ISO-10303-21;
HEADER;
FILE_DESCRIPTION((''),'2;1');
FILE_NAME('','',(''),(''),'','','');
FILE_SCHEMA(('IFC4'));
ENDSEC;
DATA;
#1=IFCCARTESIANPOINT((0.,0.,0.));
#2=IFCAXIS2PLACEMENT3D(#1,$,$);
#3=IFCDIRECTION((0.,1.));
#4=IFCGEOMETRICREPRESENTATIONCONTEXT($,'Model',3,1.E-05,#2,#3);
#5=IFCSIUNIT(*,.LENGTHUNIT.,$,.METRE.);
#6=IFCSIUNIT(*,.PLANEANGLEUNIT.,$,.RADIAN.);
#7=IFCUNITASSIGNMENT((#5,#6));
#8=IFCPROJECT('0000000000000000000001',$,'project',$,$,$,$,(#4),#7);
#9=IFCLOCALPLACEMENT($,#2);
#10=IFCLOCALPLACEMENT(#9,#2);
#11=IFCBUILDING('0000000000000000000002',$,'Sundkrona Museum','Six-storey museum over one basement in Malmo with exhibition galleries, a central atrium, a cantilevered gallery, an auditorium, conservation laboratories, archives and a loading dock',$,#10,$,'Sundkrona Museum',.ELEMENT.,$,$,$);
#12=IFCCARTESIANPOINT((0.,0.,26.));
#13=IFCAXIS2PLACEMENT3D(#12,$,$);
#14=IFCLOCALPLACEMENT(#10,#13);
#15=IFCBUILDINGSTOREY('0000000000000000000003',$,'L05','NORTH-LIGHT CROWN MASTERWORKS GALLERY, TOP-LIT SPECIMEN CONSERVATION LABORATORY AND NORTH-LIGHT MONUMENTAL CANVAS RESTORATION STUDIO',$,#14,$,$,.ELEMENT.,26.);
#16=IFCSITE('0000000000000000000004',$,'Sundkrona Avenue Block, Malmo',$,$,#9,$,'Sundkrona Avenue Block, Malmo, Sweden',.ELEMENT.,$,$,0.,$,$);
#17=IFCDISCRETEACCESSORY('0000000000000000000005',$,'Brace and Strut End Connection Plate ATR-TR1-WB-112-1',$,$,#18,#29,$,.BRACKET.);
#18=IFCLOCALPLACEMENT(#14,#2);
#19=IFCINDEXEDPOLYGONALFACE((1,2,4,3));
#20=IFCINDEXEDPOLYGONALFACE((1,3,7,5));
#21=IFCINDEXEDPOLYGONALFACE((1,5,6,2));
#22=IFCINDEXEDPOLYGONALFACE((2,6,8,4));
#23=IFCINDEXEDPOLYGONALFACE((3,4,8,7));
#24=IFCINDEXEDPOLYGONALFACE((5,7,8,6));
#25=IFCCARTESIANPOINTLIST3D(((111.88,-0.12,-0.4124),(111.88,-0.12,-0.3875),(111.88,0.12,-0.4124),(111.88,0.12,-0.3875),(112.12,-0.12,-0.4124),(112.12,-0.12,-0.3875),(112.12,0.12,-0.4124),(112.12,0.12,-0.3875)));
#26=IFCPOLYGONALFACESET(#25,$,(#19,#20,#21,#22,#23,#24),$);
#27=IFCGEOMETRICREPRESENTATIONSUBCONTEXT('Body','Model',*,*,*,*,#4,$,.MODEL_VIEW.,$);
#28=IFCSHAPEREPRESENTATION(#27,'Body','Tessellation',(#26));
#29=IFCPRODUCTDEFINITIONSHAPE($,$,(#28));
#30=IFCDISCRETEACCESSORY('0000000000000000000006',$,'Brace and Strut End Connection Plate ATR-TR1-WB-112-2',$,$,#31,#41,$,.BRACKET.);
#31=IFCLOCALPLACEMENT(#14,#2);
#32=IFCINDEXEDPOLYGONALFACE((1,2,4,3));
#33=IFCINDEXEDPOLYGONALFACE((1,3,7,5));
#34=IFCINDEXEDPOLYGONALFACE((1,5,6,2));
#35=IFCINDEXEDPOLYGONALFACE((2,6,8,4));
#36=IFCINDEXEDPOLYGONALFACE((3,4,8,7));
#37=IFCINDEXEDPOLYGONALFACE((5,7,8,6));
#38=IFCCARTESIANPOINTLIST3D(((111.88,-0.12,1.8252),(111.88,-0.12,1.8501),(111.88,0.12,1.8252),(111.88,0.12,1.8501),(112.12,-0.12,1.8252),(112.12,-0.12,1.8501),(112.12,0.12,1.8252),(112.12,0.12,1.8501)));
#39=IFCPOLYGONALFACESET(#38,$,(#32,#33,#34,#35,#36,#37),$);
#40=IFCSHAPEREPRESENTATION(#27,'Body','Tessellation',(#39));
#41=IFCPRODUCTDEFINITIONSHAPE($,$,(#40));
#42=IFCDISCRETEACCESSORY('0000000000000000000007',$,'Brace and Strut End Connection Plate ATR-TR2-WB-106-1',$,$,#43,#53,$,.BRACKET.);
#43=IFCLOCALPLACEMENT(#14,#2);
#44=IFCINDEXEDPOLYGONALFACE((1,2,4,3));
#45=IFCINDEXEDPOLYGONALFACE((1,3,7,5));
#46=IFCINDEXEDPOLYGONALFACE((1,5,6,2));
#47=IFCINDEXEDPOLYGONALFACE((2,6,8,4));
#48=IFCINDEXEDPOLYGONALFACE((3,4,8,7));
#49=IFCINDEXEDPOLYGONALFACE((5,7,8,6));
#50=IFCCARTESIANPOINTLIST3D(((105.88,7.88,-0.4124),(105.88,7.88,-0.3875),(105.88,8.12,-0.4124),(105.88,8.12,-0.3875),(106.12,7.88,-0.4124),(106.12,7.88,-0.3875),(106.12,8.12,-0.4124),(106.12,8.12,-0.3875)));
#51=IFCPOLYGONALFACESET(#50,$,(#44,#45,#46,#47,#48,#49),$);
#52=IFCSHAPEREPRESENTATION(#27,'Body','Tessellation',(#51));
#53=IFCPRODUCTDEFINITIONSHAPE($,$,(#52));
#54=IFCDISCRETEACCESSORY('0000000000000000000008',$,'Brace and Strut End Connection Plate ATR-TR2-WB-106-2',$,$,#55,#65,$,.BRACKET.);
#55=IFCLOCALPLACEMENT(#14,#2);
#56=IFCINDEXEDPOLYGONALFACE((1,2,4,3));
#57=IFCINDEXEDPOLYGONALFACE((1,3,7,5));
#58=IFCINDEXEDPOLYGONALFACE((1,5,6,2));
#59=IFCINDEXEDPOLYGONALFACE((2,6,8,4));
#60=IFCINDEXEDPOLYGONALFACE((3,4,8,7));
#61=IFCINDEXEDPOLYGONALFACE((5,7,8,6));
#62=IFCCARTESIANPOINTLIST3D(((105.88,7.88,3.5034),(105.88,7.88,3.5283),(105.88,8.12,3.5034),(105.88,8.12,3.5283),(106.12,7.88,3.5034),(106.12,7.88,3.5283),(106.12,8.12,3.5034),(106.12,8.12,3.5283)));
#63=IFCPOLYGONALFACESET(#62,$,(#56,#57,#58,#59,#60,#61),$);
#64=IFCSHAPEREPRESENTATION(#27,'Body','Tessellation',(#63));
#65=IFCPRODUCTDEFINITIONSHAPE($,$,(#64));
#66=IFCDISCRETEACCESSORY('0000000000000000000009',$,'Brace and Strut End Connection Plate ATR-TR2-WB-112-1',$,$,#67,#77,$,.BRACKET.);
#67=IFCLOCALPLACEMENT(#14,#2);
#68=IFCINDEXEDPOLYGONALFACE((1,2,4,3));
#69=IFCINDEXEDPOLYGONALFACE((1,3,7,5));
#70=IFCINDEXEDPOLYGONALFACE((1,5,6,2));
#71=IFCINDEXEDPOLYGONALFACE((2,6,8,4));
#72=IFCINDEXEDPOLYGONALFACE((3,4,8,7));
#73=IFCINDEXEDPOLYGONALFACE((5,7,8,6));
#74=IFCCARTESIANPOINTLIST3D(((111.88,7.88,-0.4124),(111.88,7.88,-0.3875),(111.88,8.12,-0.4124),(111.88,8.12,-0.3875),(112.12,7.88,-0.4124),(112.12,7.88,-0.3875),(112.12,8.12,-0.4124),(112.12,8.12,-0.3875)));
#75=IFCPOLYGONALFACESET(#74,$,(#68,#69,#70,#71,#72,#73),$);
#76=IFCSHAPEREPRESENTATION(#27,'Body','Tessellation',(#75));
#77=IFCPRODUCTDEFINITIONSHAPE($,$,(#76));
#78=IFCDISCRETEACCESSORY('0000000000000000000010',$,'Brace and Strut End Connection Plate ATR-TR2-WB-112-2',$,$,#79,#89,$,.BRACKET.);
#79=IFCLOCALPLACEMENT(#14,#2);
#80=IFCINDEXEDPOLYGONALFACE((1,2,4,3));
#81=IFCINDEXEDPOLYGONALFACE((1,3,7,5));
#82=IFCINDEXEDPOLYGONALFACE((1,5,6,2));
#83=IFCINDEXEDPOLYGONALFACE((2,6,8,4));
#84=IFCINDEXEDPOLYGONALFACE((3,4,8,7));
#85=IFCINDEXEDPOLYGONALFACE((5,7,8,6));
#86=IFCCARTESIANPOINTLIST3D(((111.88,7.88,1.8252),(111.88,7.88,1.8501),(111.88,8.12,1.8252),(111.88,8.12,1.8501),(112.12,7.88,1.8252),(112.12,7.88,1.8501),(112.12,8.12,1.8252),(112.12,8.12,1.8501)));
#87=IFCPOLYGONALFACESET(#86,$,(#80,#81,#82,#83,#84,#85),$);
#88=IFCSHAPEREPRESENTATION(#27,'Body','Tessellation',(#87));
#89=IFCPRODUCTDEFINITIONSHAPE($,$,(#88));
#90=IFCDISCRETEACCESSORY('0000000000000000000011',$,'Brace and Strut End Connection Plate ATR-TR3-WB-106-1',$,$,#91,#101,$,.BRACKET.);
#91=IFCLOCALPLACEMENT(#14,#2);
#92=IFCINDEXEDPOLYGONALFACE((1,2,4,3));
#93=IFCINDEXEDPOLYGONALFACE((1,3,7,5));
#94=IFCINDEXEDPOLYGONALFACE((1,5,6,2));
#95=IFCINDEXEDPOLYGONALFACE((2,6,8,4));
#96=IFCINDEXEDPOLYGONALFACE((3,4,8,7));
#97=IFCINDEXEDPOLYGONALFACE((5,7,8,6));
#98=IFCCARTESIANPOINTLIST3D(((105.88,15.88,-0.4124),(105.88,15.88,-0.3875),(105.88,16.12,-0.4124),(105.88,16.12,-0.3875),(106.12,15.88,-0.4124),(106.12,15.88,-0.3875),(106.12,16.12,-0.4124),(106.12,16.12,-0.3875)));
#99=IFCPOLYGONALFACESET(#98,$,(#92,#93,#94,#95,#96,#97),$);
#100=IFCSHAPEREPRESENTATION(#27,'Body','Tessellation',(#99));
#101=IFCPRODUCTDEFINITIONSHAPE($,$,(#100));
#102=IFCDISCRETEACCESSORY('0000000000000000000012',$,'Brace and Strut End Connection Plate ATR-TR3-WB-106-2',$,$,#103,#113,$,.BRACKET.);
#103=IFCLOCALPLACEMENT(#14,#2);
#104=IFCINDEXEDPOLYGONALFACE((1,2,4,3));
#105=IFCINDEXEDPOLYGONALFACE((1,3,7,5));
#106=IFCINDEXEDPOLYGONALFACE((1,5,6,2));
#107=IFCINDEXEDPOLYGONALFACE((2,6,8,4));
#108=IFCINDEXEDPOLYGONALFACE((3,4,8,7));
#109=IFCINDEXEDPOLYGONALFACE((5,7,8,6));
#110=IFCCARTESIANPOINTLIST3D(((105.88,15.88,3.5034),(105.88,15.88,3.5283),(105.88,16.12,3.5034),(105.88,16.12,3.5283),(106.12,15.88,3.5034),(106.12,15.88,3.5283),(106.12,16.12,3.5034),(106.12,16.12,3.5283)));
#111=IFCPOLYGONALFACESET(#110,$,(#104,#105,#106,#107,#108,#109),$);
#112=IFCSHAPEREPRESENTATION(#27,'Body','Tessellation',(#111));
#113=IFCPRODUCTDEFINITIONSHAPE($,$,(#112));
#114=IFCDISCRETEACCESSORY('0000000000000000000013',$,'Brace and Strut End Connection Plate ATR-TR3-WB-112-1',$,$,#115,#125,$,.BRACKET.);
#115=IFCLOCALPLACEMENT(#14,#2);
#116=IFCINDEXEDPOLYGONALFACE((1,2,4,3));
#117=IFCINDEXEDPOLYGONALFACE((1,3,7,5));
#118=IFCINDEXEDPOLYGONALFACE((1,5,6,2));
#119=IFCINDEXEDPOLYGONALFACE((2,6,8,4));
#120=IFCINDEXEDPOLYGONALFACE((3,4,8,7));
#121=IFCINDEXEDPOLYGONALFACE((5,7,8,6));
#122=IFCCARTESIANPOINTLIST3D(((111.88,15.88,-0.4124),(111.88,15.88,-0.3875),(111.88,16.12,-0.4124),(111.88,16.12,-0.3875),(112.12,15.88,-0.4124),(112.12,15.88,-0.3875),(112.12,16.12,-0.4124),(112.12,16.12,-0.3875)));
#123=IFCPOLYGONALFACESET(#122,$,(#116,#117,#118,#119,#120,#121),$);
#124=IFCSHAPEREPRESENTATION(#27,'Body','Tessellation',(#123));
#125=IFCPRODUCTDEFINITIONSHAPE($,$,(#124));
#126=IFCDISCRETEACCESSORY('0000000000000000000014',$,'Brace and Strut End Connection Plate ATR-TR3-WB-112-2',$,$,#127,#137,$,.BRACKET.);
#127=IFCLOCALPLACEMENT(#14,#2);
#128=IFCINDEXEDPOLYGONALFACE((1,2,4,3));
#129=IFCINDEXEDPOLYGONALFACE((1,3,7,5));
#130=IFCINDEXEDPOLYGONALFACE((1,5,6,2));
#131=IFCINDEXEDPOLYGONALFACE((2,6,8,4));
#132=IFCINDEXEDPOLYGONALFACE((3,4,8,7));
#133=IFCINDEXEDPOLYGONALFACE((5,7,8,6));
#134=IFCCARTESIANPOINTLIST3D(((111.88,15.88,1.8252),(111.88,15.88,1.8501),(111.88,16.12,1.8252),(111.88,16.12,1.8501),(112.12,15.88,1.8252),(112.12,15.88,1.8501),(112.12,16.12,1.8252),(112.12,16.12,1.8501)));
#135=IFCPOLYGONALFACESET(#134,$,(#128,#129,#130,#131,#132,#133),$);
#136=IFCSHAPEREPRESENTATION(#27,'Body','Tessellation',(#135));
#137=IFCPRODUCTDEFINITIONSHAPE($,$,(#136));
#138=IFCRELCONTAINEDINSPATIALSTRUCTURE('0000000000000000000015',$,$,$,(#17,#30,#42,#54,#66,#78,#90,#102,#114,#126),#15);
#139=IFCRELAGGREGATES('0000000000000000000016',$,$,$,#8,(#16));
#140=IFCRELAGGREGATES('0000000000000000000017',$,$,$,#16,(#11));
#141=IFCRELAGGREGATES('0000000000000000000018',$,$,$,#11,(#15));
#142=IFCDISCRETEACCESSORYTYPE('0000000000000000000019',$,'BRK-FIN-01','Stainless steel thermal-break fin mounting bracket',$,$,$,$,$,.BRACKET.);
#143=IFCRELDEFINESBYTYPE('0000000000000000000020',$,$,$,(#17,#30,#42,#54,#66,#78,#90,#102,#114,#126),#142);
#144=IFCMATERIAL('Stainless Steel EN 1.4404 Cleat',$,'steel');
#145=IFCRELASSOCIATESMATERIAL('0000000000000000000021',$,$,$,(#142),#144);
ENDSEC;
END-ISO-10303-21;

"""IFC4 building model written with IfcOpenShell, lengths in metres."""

from ifc_helpers import new_model, si_unit, direction, frame, origin, origin_2d, place, context, subcontext, project, spatial, rectangle, extrude, material, type_object, element, save


model = new_model("IFC4")

# Units and contexts
model_context = context("Model", 3, precision=1e-05, world=origin(), true_north=direction((0.0, 1.0)))
body_context = subcontext(model_context, "Body", "Model", "MODEL_VIEW")
ifc_project = project(units=[si_unit("LENGTHUNIT", "METRE"), si_unit("PLANEANGLEUNIT", "RADIAN")], contexts=[model_context])

# Site, building, storey
site_placement = place(None, origin())
site = spatial("IfcSite", under=ifc_project, at=site_placement, Name="Sundkrona Avenue Block, Malmo", LongName="Sundkrona Avenue Block, Malmo, Sweden", CompositionType="ELEMENT", RefElevation=0.0)
building_placement = place(site_placement, origin())
building = spatial("IfcBuilding", under=site, at=building_placement, Name="Sundkrona Museum", Description="Six-storey museum over one basement in Malmo with exhibition galleries, a central atrium, a cantilevered gallery, an auditorium, conservation laboratories, archives and a loading dock", LongName="Sundkrona Museum", CompositionType="ELEMENT")
storey_placement = place(building_placement, frame((0.0, 0.0, 26.0)))
storey = spatial("IfcBuildingStorey", under=building, at=storey_placement, Name="L05", Description="NORTH-LIGHT CROWN MASTERWORKS GALLERY, TOP-LIT SPECIMEN CONSERVATION LABORATORY AND NORTH-LIGHT MONUMENTAL CANVAS RESTORATION STUDIO", CompositionType="ELEMENT", Elevation=26.0)

# Discrete accessories
ifc_material_1 = material(Name="Stainless Steel EN 1.4404 Cleat", Category="steel")
discrete_accessory_type = type_object("IfcDiscreteAccessoryType", Name="BRK-FIN-01", Description="Stainless steel thermal-break fin mounting bracket", PredefinedType="BRACKET", material=ifc_material_1)
for number, where, z_axis, x_axis, name in (
    (1, (112.0, 0.0, -0.4124), (0.0, 0.0, 1.0), (1.0, 0.0, 0.0), "Brace and Strut End Connection Plate ATR-TR1-WB-112-1"),
    (2, (112.0, 0.0, 1.8252), (0.0, 0.0, 1.0), (1.0, 0.0, 0.0), "Brace and Strut End Connection Plate ATR-TR1-WB-112-2"),
    (3, (106.0, 8.0, -0.4124), (0.0, 0.0, 1.0), (1.0, 0.0, 0.0), "Brace and Strut End Connection Plate ATR-TR2-WB-106-1"),
    (4, (106.0, 8.0, 3.5034), (0.0, 0.0, 1.0), (1.0, 0.0, 0.0), "Brace and Strut End Connection Plate ATR-TR2-WB-106-2"),
    (5, (112.0, 8.0, -0.4124), (0.0, 0.0, 1.0), (1.0, 0.0, 0.0), "Brace and Strut End Connection Plate ATR-TR2-WB-112-1"),
    (6, (112.0, 8.0, 1.8252), (0.0, 0.0, 1.0), (1.0, 0.0, 0.0), "Brace and Strut End Connection Plate ATR-TR2-WB-112-2"),
    (7, (106.0, 16.0, -0.4124), (0.0, 0.0, 1.0), (1.0, 0.0, 0.0), "Brace and Strut End Connection Plate ATR-TR3-WB-106-1"),
    (8, (106.0, 16.0, 3.5034), (0.0, 0.0, 1.0), (1.0, 0.0, 0.0), "Brace and Strut End Connection Plate ATR-TR3-WB-106-2"),
    (9, (112.0, 16.0, -0.4124), (0.0, 0.0, 1.0), (1.0, 0.0, 0.0), "Brace and Strut End Connection Plate ATR-TR3-WB-112-1"),
    (10, (112.0, 16.0, 1.8252), (0.0, 0.0, 1.0), (1.0, 0.0, 0.0), "Brace and Strut End Connection Plate ATR-TR3-WB-112-2"),
):
    element("IfcDiscreteAccessory", number, at=place(storey_placement, frame(where, z_axis=z_axis, x_axis=x_axis)), inside=storey, type_object=discrete_accessory_type, Name=name, PredefinedType="BRACKET", context=body_context, shape_type="SweptSolid", body=[
        extrude(rectangle(XDim=0.24, YDim=0.24, at=origin_2d()), origin(), (0.0, 0.0, 1.0), 0.0249),
    ])

save(model, "model.ifc")
